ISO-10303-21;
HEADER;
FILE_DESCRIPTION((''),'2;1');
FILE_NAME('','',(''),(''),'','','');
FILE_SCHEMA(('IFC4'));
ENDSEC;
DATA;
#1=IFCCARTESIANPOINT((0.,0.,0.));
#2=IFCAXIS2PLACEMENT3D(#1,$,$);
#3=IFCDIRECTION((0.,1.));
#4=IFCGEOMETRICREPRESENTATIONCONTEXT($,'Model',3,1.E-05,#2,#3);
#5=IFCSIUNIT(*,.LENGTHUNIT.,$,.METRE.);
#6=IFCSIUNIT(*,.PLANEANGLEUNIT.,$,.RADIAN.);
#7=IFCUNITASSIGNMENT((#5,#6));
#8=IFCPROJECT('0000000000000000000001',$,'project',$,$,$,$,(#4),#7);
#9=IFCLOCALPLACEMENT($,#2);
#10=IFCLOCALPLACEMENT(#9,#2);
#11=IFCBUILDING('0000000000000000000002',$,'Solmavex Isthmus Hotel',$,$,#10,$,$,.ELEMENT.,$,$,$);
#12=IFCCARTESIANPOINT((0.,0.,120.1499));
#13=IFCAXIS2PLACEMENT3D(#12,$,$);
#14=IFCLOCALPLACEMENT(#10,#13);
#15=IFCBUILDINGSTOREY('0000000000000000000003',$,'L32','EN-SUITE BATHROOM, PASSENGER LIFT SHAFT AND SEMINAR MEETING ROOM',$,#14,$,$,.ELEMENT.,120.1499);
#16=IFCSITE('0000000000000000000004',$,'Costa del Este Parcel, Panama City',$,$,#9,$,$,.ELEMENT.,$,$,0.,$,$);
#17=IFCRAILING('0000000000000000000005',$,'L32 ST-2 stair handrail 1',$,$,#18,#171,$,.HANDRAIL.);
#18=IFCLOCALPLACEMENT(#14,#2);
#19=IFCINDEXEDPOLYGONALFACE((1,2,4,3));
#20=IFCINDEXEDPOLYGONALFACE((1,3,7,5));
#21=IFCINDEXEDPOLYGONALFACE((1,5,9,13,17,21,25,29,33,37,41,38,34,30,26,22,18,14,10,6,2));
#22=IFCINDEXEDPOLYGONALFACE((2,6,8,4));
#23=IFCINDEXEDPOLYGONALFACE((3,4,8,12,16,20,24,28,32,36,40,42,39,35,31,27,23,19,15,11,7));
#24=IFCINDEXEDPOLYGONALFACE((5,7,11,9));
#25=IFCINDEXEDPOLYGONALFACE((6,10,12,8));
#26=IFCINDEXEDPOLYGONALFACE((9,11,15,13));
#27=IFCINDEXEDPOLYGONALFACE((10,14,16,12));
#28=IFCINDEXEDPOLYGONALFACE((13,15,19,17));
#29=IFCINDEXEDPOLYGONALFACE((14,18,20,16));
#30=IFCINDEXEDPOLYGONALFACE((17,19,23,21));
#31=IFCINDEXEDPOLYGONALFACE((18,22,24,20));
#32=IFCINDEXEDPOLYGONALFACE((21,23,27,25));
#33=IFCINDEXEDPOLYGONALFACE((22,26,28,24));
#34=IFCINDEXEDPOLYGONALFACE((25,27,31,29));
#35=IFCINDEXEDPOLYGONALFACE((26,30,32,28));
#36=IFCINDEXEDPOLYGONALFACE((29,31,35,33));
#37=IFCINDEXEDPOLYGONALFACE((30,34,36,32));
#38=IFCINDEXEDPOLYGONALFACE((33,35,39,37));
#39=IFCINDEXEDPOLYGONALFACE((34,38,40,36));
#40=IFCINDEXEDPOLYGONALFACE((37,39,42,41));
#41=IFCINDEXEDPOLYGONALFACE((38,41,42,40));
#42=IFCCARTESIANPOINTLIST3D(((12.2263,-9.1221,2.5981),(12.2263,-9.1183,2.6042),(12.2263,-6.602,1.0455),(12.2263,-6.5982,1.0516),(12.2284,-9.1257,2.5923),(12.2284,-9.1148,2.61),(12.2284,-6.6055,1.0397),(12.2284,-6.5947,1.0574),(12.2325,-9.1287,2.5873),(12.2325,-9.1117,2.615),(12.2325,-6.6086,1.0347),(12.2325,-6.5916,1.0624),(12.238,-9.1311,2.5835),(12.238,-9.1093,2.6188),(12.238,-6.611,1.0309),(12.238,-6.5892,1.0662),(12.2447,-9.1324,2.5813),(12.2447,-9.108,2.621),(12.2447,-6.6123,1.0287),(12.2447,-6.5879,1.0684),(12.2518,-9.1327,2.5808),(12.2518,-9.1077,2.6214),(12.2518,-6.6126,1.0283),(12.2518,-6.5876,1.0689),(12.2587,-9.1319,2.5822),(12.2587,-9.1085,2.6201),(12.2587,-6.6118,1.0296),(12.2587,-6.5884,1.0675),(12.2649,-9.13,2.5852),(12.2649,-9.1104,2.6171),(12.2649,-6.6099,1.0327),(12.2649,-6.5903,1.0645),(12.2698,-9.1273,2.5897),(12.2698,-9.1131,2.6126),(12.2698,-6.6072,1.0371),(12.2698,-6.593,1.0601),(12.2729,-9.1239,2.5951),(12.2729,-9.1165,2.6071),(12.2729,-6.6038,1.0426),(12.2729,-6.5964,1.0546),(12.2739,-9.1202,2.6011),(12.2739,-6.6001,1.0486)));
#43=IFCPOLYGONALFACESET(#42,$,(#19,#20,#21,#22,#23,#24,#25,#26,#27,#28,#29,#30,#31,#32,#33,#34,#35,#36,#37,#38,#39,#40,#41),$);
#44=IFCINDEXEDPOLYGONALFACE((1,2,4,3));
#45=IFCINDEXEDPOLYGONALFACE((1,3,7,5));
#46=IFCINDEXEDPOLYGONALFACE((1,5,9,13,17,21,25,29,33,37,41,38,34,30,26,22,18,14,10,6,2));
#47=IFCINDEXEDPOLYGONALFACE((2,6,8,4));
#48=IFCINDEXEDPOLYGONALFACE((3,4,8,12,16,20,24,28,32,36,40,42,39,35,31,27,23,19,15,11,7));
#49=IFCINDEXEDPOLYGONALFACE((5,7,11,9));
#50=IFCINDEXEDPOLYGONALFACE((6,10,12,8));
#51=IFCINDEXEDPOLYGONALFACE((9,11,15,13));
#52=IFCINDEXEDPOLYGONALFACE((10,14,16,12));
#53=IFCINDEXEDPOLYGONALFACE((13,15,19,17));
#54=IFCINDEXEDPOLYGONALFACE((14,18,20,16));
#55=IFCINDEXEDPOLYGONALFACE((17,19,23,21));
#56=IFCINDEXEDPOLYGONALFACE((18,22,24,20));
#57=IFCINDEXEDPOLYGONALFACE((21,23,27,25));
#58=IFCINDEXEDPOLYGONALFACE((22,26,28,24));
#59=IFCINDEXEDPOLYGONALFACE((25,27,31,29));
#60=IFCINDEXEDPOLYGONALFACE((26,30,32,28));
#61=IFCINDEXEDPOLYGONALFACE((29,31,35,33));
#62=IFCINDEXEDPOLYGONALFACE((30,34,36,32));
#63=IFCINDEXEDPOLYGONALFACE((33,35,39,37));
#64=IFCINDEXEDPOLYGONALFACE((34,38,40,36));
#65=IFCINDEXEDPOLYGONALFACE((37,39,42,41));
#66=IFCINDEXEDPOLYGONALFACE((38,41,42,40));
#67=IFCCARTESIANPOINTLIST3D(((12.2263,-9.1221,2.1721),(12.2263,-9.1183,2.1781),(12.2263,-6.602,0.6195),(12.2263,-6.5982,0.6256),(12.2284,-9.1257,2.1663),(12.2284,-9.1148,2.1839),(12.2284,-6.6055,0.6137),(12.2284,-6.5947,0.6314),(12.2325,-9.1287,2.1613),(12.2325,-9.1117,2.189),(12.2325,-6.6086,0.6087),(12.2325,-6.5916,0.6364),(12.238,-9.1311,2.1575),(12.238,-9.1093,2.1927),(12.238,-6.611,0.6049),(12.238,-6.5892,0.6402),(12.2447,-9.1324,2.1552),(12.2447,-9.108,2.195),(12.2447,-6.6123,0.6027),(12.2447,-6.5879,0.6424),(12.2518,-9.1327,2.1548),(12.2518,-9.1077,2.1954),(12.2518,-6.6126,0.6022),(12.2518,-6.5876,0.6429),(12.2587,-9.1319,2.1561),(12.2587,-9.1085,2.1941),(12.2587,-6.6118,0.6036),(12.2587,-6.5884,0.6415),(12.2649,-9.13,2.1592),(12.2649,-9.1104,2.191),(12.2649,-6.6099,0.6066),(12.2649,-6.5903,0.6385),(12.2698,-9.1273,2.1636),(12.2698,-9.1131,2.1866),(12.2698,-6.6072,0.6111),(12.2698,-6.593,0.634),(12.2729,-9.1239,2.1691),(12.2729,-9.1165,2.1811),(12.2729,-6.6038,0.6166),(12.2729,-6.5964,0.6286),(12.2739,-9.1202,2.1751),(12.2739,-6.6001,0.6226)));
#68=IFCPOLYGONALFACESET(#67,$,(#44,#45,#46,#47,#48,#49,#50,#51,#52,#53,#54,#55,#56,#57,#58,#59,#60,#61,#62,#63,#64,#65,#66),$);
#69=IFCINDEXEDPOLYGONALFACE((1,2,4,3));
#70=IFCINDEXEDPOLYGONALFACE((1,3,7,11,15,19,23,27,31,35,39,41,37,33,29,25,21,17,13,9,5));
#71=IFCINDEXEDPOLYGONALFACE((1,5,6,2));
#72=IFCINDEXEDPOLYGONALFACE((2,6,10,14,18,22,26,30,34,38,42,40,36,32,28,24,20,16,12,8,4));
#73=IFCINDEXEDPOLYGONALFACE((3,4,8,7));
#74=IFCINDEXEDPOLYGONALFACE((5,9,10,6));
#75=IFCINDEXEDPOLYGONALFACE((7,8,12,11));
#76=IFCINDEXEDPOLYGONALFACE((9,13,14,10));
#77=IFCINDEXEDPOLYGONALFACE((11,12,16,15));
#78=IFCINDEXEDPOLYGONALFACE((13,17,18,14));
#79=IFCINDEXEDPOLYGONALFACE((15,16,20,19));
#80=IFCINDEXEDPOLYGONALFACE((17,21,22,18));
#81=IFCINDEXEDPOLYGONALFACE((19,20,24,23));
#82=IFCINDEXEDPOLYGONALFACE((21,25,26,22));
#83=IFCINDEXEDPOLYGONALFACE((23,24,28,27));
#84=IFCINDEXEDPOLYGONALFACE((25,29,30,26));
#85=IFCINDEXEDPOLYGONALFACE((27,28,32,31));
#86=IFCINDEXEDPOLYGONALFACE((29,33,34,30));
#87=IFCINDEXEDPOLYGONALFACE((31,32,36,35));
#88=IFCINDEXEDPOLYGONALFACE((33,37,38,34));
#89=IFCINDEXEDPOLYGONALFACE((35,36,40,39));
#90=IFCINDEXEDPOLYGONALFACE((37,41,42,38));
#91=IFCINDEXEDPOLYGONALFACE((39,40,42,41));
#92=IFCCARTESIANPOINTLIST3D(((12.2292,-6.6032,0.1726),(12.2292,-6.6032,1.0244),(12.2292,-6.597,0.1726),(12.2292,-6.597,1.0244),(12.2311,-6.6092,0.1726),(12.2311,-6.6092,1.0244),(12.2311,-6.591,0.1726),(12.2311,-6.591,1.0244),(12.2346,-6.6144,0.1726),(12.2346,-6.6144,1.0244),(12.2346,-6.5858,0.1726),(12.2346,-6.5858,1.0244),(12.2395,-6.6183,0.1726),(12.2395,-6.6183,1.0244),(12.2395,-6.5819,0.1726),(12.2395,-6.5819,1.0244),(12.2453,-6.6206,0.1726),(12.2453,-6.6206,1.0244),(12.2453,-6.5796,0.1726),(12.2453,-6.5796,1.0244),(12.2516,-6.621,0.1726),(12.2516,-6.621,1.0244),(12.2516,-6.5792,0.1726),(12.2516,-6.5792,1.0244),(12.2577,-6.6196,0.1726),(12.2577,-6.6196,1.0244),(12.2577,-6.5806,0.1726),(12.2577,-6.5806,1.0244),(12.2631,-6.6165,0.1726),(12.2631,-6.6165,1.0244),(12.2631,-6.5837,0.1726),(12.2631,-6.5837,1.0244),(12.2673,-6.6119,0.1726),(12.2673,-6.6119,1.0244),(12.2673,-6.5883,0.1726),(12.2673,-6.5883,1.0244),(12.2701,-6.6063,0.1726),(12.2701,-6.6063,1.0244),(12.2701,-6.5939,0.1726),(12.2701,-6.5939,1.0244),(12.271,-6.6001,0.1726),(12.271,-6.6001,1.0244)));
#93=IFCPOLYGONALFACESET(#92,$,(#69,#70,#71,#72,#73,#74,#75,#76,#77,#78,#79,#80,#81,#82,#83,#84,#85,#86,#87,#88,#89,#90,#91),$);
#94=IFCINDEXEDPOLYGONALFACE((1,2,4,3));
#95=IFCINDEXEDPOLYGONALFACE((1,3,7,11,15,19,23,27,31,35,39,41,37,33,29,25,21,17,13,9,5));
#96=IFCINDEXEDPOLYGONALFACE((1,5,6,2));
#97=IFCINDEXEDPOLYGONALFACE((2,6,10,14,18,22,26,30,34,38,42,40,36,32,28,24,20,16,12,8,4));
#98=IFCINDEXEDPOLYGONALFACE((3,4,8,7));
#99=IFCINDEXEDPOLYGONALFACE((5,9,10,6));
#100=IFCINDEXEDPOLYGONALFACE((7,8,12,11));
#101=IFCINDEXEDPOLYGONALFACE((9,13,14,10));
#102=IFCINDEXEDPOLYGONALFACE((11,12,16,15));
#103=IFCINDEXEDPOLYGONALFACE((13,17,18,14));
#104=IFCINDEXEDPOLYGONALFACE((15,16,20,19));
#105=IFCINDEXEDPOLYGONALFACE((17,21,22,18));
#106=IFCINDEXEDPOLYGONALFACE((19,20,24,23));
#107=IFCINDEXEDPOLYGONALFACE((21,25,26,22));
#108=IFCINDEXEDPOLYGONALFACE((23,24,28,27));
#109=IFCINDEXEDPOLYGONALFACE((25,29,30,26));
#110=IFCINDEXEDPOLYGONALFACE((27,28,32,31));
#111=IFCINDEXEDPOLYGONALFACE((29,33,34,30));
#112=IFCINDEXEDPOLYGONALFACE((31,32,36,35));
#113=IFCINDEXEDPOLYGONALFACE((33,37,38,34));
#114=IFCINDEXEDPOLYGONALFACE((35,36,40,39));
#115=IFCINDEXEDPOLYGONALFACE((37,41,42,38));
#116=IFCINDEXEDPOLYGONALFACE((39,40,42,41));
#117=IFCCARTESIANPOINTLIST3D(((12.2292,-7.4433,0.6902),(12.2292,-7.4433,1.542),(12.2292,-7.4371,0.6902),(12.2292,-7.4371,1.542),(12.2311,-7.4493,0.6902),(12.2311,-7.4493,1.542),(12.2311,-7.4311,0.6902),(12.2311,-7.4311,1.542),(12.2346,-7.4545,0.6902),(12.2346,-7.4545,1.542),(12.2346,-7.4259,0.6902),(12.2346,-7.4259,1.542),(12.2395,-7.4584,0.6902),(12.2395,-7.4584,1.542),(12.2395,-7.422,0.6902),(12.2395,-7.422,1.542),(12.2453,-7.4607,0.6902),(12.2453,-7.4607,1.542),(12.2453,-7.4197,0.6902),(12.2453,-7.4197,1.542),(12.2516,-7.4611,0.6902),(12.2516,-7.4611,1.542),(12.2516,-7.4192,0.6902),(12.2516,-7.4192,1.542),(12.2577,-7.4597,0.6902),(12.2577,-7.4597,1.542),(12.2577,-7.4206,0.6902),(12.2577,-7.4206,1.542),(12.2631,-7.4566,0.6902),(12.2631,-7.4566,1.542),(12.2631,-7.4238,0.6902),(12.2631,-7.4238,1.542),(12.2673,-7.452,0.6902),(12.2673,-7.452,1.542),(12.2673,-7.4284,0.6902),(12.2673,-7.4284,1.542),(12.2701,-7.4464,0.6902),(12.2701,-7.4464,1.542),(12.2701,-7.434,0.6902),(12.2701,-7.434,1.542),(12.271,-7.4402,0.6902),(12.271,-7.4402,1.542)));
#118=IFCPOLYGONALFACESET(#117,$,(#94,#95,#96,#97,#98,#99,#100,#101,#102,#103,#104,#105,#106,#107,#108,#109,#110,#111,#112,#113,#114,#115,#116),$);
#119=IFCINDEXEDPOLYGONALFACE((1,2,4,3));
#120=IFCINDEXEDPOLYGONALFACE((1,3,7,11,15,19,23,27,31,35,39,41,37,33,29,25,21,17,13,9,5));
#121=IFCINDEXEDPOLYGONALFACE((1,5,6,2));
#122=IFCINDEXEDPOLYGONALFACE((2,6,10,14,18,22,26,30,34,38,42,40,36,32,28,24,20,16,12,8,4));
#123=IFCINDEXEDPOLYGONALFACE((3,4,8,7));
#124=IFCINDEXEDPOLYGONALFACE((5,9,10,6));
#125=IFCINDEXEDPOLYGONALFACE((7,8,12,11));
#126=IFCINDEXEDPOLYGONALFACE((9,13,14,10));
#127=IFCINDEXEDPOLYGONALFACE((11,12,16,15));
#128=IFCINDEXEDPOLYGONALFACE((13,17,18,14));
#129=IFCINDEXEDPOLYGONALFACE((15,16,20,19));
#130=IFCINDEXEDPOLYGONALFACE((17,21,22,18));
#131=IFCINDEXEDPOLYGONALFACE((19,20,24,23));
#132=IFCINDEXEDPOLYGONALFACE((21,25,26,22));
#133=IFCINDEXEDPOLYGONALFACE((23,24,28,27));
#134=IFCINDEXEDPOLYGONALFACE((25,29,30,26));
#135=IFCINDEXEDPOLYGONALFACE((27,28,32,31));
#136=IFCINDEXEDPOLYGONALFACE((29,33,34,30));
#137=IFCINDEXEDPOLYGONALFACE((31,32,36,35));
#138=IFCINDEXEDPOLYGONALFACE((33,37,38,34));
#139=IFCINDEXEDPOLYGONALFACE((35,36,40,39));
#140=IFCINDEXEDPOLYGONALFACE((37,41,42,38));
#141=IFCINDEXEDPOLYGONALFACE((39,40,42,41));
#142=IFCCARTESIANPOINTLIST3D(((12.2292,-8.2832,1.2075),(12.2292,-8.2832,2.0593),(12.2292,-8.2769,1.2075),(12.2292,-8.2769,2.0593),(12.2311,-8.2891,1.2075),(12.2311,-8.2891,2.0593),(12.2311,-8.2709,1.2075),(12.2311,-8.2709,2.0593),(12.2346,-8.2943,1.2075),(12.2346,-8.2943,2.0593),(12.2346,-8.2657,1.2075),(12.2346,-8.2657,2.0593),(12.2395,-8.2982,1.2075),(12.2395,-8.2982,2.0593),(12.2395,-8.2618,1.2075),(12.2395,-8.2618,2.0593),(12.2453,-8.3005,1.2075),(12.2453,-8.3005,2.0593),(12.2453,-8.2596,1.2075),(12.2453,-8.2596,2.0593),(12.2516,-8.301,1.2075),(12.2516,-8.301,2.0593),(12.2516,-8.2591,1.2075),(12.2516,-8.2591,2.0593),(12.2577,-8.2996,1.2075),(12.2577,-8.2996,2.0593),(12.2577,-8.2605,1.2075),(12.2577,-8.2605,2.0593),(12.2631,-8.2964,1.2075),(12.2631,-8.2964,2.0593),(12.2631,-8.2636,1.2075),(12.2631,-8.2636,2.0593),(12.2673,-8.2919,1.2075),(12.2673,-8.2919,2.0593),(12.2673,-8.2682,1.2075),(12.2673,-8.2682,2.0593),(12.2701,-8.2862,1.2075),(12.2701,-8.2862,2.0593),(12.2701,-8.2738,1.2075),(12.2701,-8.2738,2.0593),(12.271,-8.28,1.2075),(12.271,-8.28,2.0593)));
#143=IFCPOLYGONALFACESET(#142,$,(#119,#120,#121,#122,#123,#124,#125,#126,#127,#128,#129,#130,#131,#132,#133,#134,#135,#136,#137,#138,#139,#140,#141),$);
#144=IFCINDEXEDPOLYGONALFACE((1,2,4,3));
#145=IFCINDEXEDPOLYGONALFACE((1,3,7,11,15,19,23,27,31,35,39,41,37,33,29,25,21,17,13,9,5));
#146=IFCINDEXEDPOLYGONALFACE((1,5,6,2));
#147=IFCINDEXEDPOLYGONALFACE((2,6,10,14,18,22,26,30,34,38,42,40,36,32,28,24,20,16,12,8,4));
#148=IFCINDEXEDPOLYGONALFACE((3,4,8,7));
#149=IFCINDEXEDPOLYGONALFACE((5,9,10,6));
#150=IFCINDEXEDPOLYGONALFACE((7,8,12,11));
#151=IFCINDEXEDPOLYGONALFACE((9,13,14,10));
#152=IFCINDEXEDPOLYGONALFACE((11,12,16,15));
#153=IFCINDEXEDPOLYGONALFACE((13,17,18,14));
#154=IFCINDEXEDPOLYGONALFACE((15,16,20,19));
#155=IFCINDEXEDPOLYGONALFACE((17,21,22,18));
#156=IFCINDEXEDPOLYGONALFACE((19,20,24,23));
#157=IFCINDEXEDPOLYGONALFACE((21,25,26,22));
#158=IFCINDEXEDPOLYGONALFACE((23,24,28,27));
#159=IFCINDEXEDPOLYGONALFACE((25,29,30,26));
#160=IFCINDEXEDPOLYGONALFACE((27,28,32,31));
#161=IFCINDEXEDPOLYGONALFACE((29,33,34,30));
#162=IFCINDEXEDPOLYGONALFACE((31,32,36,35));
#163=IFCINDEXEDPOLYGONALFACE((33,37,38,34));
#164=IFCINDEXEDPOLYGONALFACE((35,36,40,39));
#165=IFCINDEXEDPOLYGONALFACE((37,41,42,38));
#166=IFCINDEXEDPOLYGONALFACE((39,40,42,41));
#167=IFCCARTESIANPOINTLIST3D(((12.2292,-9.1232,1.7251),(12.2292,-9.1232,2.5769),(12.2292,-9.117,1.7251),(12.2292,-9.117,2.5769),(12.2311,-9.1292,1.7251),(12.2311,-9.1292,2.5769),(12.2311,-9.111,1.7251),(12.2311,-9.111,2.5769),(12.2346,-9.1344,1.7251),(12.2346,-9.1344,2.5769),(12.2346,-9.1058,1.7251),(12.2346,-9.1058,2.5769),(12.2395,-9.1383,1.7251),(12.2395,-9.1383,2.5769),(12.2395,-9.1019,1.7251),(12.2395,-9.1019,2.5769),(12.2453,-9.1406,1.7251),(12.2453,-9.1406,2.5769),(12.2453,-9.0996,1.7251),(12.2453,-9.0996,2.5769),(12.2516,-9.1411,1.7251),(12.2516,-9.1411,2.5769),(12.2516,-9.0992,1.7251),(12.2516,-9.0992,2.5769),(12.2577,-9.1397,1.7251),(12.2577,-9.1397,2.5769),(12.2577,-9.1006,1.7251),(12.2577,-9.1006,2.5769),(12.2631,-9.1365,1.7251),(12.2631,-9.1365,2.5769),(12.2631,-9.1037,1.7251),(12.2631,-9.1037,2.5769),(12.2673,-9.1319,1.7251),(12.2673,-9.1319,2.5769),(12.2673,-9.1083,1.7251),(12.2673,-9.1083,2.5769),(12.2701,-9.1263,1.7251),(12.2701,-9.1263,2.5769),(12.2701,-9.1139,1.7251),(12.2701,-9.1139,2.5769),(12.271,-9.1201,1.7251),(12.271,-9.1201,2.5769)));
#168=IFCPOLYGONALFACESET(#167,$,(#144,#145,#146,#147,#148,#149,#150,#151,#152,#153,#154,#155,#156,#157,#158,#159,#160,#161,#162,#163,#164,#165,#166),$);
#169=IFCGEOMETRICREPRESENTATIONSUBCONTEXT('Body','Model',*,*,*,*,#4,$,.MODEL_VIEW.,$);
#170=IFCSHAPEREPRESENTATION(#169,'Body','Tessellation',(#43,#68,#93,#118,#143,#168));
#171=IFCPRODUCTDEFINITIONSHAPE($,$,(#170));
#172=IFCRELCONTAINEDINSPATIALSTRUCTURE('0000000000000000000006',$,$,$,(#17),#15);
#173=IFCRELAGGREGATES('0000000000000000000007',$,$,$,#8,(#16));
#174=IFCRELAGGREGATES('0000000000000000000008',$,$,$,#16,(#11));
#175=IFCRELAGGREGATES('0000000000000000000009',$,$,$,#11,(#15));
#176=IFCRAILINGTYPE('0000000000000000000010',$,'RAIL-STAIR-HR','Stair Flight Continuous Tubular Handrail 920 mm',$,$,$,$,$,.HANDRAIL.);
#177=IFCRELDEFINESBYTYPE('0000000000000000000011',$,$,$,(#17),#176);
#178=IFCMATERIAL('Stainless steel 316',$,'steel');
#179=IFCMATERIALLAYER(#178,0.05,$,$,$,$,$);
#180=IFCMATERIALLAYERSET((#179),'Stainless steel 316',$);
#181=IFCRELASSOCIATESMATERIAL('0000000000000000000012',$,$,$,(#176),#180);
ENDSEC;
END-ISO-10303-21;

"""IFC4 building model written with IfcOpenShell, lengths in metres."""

from ifc_helpers import new_model, si_unit, direction, frame, origin, origin_2d, place, context, subcontext, project, spatial, circle, extrude, material, layer, layer_set, type_object, element, save


model = new_model("IFC4")

# Units and contexts
model_context = context("Model", 3, precision=1e-05, world=origin(), true_north=direction((0.0, 1.0)))
body_context = subcontext(model_context, "Body", "Model", "MODEL_VIEW")
ifc_project = project(units=[si_unit("LENGTHUNIT", "METRE"), si_unit("PLANEANGLEUNIT", "RADIAN")], contexts=[model_context])

# Site, building, storey
site_placement = place(None, origin())
site = spatial("IfcSite", under=ifc_project, at=site_placement, Name="Costa del Este Parcel, Panama City", CompositionType="ELEMENT", RefElevation=0.0)
building_placement = place(site_placement, origin())
building = spatial("IfcBuilding", under=site, at=building_placement, Name="Solmavex Isthmus Hotel", CompositionType="ELEMENT")
storey_placement = place(building_placement, frame((0.0, 0.0, 120.1499)))
storey = spatial("IfcBuildingStorey", under=building, at=storey_placement, Name="L32", Description="EN-SUITE BATHROOM, PASSENGER LIFT SHAFT AND SEMINAR MEETING ROOM", CompositionType="ELEMENT", Elevation=120.1499)

# Shared definitions
ifc_material_1 = material(Name="Stainless steel 316", Category="steel")

# Railing
ifc_layer_1 = layer(ifc_material_1, 0.05)
ifc_layer_set_1 = layer_set([ifc_layer_1], Name="Stainless steel 316")
railing_type = type_object("IfcRailingType", Name="RAIL-STAIR-HR", Description="Stair Flight Continuous Tubular Handrail 920 mm", PredefinedType="HANDRAIL", material=ifc_layer_set_1)
railing_placement = place(storey_placement, frame((12.25, -6.6001, 0.1726)))
element("IfcRailing", 1, at=railing_placement, inside=storey, type_object=railing_type, Name="L32 ST-2 stair handrail 1", PredefinedType="HANDRAIL", context=body_context, shape_type="SweptSolid", body=[
    extrude(circle(Radius=0.0239, at=origin_2d()), frame((0.0, 0.0, 0.876), z_axis=(0.0, -0.8514, 0.524516), x_axis=(1.0, 0.0, 0.0)), (0.0, 0.0, 1.0), 2.96),
    extrude(circle(Radius=0.0239, at=origin_2d()), frame((0.0, 0.0, 0.45), z_axis=(0.0, -0.8514, 0.524516), x_axis=(1.0, 0.0, 0.0)), (0.0, 0.0, 1.0), 2.96),
    extrude(circle(Radius=0.021, at=origin_2d()), origin(), (0.0, 0.0, 1.0), 0.8518),
    extrude(circle(Radius=0.021, at=origin_2d()), frame((0.0, -0.8401, 0.5176)), (0.0, 0.0, 1.0), 0.8518),
    extrude(circle(Radius=0.021, at=origin_2d()), frame((0.0, -1.6799, 1.0349)), (0.0, 0.0, 1.0), 0.8518),
    extrude(circle(Radius=0.021, at=origin_2d()), frame((0.0, -2.52, 1.5525)), (0.0, 0.0, 1.0), 0.8518),
])

save(model, "model.ifc")
